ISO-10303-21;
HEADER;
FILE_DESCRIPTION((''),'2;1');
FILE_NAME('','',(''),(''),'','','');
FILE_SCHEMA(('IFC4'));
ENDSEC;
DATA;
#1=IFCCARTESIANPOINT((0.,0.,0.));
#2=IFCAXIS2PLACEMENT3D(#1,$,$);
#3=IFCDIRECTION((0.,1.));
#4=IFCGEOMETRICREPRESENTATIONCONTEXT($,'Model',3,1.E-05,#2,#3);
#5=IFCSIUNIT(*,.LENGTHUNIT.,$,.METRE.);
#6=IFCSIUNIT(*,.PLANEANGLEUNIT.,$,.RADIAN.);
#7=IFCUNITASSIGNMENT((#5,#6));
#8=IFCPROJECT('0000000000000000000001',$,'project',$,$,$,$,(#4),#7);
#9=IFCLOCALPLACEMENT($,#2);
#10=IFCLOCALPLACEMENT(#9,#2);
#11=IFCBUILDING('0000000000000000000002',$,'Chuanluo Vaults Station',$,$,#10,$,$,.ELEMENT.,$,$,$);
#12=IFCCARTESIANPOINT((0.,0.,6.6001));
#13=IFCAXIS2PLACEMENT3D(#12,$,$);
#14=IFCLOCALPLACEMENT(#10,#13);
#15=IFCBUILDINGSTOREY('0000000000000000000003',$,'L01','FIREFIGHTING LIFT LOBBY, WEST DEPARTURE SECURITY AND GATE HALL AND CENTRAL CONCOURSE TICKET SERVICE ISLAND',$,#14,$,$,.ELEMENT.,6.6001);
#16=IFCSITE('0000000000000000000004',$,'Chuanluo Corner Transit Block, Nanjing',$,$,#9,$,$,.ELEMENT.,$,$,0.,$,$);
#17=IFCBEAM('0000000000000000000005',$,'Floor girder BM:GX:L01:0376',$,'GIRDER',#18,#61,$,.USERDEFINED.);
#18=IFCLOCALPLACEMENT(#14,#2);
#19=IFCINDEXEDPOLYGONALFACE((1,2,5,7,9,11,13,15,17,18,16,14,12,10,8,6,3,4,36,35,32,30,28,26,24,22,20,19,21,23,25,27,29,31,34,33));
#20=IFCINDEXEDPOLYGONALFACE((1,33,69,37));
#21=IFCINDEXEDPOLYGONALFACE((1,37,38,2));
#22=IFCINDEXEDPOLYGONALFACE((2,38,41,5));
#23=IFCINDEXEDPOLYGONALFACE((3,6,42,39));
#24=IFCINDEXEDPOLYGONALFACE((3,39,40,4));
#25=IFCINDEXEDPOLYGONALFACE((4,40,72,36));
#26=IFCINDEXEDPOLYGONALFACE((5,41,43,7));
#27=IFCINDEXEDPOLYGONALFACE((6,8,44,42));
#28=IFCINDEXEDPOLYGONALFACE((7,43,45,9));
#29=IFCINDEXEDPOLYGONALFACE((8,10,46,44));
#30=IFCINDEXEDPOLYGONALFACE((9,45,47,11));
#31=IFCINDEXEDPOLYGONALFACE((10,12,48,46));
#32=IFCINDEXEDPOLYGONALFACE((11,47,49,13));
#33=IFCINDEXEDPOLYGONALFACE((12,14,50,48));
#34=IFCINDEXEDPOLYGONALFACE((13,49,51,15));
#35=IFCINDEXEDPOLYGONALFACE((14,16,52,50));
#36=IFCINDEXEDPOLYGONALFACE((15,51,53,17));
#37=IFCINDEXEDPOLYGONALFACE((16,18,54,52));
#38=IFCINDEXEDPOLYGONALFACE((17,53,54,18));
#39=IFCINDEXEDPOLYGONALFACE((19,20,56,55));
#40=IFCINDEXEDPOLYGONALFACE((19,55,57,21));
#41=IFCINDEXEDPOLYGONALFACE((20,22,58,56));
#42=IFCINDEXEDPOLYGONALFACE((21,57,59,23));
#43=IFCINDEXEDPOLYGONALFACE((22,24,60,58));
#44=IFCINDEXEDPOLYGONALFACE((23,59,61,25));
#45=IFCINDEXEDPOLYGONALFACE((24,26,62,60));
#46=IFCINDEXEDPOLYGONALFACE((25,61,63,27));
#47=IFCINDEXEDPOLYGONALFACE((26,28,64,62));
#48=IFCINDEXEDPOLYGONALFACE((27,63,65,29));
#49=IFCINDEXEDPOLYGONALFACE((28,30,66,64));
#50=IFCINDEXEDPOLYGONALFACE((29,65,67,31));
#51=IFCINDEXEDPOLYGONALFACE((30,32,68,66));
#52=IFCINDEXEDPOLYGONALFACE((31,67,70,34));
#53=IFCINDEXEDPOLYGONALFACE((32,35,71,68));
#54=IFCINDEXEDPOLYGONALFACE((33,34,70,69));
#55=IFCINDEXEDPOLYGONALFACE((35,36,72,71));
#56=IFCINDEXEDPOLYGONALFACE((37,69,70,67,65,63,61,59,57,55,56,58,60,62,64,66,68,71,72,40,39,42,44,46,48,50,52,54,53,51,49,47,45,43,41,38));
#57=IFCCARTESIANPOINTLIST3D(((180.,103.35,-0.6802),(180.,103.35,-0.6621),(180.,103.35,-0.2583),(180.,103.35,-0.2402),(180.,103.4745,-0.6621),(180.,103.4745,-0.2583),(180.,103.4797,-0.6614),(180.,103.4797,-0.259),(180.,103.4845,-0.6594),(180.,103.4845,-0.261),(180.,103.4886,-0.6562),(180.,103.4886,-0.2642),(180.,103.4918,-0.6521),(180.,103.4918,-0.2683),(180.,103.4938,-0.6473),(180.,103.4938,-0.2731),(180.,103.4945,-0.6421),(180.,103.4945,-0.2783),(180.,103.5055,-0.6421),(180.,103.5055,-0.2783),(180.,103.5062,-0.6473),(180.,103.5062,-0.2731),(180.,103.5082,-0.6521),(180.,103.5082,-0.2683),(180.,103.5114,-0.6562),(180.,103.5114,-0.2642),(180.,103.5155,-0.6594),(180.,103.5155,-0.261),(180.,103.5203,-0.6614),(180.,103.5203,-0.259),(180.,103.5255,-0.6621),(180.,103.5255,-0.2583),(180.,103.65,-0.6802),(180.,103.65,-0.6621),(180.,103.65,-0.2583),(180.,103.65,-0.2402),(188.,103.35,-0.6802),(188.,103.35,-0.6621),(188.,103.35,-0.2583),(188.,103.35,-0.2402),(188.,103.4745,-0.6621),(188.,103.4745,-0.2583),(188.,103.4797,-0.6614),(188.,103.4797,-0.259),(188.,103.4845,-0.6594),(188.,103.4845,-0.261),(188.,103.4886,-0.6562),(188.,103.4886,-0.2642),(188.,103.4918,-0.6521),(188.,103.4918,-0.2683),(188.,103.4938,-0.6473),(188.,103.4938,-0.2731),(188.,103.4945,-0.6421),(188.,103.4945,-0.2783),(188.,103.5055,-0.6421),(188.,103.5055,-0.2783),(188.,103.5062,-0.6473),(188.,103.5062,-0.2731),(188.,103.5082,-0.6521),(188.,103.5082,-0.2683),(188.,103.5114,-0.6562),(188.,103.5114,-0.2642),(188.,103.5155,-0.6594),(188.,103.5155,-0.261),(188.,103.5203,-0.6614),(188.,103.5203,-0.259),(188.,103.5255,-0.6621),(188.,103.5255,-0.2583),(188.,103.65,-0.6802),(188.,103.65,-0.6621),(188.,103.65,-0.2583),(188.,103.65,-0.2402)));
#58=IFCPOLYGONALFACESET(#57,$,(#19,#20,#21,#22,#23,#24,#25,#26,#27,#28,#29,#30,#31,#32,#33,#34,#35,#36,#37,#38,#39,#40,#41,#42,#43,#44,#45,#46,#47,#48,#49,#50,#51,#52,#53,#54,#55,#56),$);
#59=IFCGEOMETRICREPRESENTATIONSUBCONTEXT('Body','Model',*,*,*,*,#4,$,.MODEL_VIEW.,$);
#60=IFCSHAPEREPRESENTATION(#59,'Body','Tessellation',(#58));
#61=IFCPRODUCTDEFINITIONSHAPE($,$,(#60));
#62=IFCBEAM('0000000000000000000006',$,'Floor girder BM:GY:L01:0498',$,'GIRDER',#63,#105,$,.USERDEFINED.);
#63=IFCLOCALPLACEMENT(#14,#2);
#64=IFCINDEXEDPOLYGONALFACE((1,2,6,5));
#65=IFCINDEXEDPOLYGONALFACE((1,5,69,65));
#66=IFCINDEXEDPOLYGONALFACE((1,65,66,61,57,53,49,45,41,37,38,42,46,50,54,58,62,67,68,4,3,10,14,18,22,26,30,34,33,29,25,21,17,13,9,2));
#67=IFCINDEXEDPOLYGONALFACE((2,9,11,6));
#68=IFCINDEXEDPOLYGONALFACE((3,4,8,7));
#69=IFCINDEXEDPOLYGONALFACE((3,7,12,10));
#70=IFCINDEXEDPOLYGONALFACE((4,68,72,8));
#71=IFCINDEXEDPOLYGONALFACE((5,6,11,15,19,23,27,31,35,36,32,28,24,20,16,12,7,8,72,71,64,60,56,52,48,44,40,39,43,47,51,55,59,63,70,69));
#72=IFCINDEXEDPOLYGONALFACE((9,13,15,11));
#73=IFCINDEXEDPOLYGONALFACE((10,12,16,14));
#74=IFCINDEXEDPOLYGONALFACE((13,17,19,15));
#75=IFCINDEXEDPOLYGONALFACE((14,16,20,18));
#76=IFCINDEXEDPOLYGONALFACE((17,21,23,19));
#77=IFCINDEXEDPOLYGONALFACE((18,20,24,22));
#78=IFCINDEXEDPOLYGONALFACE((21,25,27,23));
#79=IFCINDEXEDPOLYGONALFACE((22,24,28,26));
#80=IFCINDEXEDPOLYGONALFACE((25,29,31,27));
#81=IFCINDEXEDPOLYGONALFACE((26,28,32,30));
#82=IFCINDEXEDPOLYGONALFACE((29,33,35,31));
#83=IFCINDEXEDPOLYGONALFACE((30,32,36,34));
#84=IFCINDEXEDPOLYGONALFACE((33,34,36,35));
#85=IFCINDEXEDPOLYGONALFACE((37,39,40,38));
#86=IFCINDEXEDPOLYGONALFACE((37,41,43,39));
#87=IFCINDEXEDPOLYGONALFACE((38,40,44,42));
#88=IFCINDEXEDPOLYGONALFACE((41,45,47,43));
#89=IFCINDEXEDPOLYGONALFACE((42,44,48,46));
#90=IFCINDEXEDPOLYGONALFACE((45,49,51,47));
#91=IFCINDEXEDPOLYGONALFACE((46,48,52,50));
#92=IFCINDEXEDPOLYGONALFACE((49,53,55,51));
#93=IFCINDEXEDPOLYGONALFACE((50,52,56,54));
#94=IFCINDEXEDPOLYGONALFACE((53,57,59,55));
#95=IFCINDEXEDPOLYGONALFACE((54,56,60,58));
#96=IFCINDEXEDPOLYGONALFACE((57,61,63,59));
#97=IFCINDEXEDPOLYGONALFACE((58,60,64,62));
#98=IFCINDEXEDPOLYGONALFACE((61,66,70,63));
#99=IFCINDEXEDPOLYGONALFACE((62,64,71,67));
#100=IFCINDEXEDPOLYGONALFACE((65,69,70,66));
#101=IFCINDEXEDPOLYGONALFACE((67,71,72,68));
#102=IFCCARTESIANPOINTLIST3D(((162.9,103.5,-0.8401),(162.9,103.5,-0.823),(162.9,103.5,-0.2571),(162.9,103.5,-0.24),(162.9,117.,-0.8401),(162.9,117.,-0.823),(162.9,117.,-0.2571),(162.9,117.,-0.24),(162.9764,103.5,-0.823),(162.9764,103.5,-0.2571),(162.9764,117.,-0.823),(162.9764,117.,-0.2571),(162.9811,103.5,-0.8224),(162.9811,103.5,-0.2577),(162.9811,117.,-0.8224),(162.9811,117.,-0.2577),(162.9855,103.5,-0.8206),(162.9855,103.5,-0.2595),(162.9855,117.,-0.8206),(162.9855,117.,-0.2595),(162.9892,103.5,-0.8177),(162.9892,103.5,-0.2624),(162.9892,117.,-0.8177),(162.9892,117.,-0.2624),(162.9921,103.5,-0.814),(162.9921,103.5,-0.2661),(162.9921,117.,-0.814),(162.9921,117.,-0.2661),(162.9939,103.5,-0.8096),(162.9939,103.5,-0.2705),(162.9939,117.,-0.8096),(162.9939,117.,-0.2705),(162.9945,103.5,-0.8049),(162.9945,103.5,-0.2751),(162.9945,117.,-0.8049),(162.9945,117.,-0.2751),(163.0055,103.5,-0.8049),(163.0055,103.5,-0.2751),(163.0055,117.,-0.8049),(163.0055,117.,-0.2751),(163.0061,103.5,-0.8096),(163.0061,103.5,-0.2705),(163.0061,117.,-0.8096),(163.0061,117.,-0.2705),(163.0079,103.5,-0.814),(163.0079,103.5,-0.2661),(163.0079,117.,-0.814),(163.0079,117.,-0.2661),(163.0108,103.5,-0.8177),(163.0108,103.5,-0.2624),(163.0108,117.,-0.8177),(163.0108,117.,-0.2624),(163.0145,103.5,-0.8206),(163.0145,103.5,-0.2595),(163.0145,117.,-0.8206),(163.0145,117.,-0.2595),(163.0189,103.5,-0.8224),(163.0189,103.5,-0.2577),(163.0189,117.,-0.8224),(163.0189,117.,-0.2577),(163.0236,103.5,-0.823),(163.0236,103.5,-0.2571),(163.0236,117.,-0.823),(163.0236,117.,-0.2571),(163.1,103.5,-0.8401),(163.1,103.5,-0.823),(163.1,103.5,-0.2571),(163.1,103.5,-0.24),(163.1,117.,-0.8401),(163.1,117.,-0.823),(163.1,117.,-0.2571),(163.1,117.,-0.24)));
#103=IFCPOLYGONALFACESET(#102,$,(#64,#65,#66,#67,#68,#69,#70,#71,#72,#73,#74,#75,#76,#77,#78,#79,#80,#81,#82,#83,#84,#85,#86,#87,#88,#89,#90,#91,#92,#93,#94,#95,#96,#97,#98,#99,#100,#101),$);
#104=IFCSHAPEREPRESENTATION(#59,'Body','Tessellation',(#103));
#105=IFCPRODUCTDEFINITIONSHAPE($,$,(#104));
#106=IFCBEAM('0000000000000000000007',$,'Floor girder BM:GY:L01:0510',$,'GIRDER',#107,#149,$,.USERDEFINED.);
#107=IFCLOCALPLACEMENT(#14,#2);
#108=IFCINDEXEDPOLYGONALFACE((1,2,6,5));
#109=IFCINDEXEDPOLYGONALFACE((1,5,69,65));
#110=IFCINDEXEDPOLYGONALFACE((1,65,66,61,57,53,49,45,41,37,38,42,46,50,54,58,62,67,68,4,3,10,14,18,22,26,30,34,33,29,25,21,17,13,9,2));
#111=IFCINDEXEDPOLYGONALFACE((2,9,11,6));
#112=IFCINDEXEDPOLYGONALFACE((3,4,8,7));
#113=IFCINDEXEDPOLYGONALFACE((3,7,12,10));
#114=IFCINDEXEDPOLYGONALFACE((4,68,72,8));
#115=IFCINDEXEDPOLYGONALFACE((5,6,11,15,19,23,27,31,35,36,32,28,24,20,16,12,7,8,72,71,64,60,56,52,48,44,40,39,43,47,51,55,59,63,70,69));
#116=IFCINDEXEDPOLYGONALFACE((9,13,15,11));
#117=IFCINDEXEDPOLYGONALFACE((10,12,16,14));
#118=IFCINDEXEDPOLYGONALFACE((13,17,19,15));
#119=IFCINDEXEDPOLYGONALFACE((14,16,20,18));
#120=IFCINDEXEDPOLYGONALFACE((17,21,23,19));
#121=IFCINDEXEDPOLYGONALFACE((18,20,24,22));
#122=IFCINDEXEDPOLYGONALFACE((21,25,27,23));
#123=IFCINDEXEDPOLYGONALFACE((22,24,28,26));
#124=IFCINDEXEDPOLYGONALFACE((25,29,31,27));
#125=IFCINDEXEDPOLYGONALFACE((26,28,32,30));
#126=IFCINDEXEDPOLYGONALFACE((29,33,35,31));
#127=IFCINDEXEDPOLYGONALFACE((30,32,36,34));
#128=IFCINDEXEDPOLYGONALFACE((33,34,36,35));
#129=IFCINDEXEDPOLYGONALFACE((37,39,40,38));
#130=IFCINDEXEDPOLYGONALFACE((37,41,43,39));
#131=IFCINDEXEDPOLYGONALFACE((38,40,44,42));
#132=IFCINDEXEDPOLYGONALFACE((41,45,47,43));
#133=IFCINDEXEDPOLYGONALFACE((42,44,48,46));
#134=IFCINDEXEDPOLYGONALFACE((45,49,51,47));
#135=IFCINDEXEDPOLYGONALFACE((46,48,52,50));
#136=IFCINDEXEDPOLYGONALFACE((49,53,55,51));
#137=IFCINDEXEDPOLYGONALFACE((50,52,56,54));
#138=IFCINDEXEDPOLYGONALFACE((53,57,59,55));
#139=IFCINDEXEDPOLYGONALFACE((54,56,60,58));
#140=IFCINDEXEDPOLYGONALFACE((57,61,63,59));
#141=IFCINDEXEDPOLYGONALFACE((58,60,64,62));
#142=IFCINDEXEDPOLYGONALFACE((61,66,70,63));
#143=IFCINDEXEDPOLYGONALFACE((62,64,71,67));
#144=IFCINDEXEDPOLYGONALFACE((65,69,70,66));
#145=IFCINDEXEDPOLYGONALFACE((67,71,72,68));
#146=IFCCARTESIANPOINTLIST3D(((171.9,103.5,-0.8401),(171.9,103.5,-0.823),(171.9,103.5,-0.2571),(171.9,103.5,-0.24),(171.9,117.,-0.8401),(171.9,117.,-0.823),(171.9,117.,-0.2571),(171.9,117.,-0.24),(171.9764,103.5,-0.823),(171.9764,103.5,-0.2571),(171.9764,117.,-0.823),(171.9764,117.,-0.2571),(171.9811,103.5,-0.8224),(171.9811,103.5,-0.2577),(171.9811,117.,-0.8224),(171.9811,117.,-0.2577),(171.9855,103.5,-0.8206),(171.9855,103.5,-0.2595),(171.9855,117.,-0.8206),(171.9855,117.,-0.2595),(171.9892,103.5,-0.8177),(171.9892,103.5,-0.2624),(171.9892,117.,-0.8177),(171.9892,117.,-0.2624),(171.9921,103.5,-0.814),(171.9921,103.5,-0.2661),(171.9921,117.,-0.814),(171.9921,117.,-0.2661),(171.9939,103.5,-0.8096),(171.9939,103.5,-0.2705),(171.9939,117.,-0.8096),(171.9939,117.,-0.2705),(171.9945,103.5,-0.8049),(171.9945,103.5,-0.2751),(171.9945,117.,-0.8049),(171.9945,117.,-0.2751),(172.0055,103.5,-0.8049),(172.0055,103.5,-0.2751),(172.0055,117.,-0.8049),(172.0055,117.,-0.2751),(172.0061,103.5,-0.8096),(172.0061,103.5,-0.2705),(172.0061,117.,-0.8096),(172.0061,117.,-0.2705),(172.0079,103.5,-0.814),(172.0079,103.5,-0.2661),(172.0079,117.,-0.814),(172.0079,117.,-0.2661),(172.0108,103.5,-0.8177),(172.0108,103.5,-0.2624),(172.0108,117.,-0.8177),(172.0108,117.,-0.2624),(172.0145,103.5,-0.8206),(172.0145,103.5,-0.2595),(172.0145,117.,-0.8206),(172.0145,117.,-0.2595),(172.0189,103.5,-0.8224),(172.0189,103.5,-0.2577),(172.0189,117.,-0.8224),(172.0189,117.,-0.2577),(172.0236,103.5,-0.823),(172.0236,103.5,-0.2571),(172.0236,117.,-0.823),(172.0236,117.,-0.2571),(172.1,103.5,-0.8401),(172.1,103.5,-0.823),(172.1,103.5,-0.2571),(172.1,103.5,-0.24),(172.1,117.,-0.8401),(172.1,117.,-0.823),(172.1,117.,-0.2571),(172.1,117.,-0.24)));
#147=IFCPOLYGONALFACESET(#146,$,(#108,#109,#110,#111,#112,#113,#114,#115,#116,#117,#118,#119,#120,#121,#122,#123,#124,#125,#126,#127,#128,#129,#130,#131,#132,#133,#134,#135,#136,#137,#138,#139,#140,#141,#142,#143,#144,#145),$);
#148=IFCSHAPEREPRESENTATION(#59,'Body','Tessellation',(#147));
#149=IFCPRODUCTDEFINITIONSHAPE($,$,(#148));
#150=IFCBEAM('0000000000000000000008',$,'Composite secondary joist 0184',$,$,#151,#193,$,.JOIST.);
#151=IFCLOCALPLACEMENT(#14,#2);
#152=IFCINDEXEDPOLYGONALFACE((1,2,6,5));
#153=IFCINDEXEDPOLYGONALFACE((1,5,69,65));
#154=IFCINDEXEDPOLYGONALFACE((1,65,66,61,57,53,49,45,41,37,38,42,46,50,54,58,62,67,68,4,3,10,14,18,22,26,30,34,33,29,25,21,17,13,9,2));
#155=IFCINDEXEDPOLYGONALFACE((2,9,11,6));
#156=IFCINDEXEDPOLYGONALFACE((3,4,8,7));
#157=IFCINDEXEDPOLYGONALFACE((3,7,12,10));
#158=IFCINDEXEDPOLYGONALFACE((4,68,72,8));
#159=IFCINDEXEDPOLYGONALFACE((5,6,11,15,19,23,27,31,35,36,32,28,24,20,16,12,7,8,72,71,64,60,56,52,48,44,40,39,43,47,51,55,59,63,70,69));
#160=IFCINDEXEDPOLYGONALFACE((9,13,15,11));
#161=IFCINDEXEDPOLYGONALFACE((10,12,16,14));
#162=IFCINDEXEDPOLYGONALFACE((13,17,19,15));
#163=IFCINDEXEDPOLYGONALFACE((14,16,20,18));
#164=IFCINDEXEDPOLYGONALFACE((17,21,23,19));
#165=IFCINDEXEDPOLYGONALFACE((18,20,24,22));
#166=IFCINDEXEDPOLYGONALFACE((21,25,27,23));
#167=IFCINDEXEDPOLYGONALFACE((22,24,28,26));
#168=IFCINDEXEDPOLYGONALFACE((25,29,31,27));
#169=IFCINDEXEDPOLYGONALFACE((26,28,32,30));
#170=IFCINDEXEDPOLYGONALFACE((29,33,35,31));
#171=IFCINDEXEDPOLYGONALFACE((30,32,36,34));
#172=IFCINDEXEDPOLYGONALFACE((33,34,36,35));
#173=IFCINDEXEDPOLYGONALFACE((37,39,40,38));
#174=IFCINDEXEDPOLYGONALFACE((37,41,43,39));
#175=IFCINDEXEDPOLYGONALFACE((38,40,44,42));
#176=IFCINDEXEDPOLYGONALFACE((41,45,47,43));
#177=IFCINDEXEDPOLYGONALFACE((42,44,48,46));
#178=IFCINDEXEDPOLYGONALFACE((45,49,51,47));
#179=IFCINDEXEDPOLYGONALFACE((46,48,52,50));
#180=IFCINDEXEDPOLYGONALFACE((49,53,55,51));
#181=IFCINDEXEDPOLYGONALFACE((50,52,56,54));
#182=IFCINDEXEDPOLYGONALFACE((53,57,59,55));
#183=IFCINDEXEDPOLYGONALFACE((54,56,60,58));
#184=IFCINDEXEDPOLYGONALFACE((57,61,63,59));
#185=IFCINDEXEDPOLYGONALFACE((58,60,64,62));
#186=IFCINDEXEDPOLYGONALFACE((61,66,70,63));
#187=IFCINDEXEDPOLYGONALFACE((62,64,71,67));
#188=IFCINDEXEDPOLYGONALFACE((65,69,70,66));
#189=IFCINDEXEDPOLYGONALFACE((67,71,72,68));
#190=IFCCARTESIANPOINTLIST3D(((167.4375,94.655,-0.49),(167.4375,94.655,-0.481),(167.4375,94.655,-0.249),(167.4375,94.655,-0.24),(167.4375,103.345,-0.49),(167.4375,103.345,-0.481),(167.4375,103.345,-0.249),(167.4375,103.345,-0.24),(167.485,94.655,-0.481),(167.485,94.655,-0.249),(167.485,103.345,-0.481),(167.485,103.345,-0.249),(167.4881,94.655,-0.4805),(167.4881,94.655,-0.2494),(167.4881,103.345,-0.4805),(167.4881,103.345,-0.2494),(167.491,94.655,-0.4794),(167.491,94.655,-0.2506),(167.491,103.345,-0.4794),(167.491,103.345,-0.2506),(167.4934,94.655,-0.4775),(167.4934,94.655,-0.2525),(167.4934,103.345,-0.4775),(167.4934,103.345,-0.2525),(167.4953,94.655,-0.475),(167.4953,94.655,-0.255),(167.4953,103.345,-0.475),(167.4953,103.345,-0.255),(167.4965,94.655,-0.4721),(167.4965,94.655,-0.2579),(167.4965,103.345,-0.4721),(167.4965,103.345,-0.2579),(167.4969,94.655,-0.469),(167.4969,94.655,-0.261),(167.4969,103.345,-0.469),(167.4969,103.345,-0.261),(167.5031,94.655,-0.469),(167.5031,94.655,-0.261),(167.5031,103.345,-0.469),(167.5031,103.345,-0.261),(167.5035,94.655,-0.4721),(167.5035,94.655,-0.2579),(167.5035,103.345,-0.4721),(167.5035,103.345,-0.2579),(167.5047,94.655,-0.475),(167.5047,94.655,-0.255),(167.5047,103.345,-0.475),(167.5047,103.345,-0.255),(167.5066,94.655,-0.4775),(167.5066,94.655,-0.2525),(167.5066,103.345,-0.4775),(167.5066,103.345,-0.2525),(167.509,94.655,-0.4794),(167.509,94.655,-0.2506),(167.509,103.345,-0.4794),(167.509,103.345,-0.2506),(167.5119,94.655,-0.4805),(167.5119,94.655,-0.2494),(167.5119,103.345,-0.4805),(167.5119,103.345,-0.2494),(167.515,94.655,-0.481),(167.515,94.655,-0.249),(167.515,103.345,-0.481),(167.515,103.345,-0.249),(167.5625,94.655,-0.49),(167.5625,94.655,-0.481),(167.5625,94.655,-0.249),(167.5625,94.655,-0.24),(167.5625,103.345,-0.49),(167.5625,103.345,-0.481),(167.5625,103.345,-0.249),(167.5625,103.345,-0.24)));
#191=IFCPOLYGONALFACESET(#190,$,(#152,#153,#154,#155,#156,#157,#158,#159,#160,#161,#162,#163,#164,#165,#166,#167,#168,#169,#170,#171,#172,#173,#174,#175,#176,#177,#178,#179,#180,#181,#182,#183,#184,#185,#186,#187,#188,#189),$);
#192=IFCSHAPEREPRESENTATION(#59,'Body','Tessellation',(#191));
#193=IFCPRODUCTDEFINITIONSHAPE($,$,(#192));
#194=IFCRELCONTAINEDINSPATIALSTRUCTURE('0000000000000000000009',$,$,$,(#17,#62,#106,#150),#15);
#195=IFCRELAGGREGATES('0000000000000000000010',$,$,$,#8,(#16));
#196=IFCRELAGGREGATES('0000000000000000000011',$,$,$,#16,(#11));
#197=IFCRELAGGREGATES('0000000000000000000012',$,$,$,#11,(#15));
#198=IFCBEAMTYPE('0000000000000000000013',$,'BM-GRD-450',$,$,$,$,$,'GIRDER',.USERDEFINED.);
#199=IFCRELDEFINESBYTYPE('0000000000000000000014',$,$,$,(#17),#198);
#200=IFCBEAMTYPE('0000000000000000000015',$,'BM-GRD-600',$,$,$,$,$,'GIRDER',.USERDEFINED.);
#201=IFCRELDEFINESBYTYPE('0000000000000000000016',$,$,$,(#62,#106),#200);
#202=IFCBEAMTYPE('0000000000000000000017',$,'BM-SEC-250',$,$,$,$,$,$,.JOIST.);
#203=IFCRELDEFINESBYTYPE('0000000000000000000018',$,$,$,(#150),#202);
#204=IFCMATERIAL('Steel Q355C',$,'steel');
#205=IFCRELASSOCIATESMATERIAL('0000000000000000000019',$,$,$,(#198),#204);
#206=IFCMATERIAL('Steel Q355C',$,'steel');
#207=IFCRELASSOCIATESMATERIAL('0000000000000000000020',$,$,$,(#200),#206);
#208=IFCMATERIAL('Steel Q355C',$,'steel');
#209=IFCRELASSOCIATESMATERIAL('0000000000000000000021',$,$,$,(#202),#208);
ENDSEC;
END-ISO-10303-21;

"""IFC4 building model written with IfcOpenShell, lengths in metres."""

from ifc_helpers import new_model, si_unit, direction, frame, origin, origin_2d, place, context, subcontext, project, spatial, i_section, extrude, material, material_profile, profile_set, type_object, element, save


model = new_model("IFC4")

# Units and contexts
model_context = context("Model", 3, precision=1e-05, world=origin(), true_north=direction((0.0, 1.0)))
body_context = subcontext(model_context, "Body", "Model", "MODEL_VIEW")
ifc_project = project(units=[si_unit("LENGTHUNIT", "METRE"), si_unit("PLANEANGLEUNIT", "RADIAN")], contexts=[model_context])

# Site, building, storey
site_placement = place(None, origin())
site = spatial("IfcSite", under=ifc_project, at=site_placement, Name="Chuanluo Corner Transit Block, Nanjing", CompositionType="ELEMENT", RefElevation=0.0)
building_placement = place(site_placement, origin())
building = spatial("IfcBuilding", under=site, at=building_placement, Name="Chuanluo Vaults Station", CompositionType="ELEMENT")
storey_placement = place(building_placement, frame((0.0, 0.0, 6.6001)))
storey = spatial("IfcBuildingStorey", under=building, at=storey_placement, Name="L01", Description="FIREFIGHTING LIFT LOBBY, WEST DEPARTURE SECURITY AND GATE HALL AND CENTRAL CONCOURSE TICKET SERVICE ISLAND", CompositionType="ELEMENT", Elevation=6.6001)

# Beams
ifc_material_1 = material(Name="Steel Q355C", Category="steel")
ifc_material_profile_1 = material_profile(ifc_material_1, i_section(OverallWidth=0.3, OverallDepth=0.4399, WebThickness=0.011, FlangeThickness=0.0181, FilletRadius=0.02, at=origin_2d()))
ifc_profile_set_1 = profile_set([ifc_material_profile_1], Name="Steel Q355C")
beam_type_1 = type_object("IfcBeamType", Name="BM-GRD-450", ElementType="GIRDER", PredefinedType="USERDEFINED", material=ifc_profile_set_1)
for number, where, z_axis, x_axis, name in (
    (1, (180.0, 103.5, -0.4602), (1.0, 0.0, 0.0), (0.0, 1.0, 0.0), "Floor girder BM:GX:L01:0376"),
):
    element("IfcBeam", number, at=place(storey_placement, frame(where, z_axis=z_axis, x_axis=x_axis)), inside=storey, type_object=beam_type_1, Name=name, ObjectType="GIRDER", PredefinedType="USERDEFINED", context=body_context, shape_type="SweptSolid", body=[
        extrude(i_section(OverallWidth=0.3, OverallDepth=0.4399, WebThickness=0.011, FlangeThickness=0.0181, FilletRadius=0.02, at=origin_2d()), origin(), (0.0, 0.0, 1.0), 8.0),
    ])
ifc_material_2 = material(Name="Steel Q355C", Category="steel")
ifc_material_profile_2 = material_profile(ifc_material_2, i_section(OverallWidth=0.2, OverallDepth=0.6001, WebThickness=0.011, FlangeThickness=0.0171, FilletRadius=0.0181, at=origin_2d()))
ifc_profile_set_2 = profile_set([ifc_material_profile_2], Name="Steel Q355C")
beam_type_2 = type_object("IfcBeamType", Name="BM-GRD-600", ElementType="GIRDER", PredefinedType="USERDEFINED", material=ifc_profile_set_2)
for number, where, z_axis, x_axis, name in (
    (2, (163.0, 103.5, -0.54), (0.0, 1.0, 0.0), (-1.0, 0.0, 0.0), "Floor girder BM:GY:L01:0498"),
    (3, (172.0, 103.5, -0.54), (0.0, 1.0, 0.0), (-1.0, 0.0, 0.0), "Floor girder BM:GY:L01:0510"),
):
    element("IfcBeam", number, at=place(storey_placement, frame(where, z_axis=z_axis, x_axis=x_axis)), inside=storey, type_object=beam_type_2, Name=name, ObjectType="GIRDER", PredefinedType="USERDEFINED", context=body_context, shape_type="SweptSolid", body=[
        extrude(i_section(OverallWidth=0.2, OverallDepth=0.6001, WebThickness=0.011, FlangeThickness=0.0171, FilletRadius=0.0181, at=origin_2d()), origin(), (0.0, 0.0, 1.0), 13.5),
    ])
ifc_material_3 = material(Name="Steel Q355C", Category="steel")
ifc_material_profile_3 = material_profile(ifc_material_3, i_section(OverallWidth=0.125, OverallDepth=0.25, WebThickness=0.0061, FlangeThickness=0.009, FilletRadius=0.012, at=origin_2d()))
ifc_profile_set_3 = profile_set([ifc_material_profile_3], Name="Steel Q355C")
beam_type_3 = type_object("IfcBeamType", Name="BM-SEC-250", PredefinedType="JOIST", material=ifc_profile_set_3)
beam_1_placement = place(storey_placement, frame((167.5, 94.655, -0.365), z_axis=(0.0, 1.0, 0.0), x_axis=(-1.0, 0.0, 0.0)))
element("IfcBeam", 4, at=beam_1_placement, inside=storey, type_object=beam_type_3, Name="Composite secondary joist 0184", PredefinedType="JOIST", context=body_context, shape_type="SweptSolid", body=[
    extrude(i_section(OverallWidth=0.125, OverallDepth=0.25, WebThickness=0.0061, FlangeThickness=0.009, FilletRadius=0.012, at=origin_2d()), origin(), (0.0, 0.0, 1.0), 8.6899),
])

save(model, "model.ifc")
